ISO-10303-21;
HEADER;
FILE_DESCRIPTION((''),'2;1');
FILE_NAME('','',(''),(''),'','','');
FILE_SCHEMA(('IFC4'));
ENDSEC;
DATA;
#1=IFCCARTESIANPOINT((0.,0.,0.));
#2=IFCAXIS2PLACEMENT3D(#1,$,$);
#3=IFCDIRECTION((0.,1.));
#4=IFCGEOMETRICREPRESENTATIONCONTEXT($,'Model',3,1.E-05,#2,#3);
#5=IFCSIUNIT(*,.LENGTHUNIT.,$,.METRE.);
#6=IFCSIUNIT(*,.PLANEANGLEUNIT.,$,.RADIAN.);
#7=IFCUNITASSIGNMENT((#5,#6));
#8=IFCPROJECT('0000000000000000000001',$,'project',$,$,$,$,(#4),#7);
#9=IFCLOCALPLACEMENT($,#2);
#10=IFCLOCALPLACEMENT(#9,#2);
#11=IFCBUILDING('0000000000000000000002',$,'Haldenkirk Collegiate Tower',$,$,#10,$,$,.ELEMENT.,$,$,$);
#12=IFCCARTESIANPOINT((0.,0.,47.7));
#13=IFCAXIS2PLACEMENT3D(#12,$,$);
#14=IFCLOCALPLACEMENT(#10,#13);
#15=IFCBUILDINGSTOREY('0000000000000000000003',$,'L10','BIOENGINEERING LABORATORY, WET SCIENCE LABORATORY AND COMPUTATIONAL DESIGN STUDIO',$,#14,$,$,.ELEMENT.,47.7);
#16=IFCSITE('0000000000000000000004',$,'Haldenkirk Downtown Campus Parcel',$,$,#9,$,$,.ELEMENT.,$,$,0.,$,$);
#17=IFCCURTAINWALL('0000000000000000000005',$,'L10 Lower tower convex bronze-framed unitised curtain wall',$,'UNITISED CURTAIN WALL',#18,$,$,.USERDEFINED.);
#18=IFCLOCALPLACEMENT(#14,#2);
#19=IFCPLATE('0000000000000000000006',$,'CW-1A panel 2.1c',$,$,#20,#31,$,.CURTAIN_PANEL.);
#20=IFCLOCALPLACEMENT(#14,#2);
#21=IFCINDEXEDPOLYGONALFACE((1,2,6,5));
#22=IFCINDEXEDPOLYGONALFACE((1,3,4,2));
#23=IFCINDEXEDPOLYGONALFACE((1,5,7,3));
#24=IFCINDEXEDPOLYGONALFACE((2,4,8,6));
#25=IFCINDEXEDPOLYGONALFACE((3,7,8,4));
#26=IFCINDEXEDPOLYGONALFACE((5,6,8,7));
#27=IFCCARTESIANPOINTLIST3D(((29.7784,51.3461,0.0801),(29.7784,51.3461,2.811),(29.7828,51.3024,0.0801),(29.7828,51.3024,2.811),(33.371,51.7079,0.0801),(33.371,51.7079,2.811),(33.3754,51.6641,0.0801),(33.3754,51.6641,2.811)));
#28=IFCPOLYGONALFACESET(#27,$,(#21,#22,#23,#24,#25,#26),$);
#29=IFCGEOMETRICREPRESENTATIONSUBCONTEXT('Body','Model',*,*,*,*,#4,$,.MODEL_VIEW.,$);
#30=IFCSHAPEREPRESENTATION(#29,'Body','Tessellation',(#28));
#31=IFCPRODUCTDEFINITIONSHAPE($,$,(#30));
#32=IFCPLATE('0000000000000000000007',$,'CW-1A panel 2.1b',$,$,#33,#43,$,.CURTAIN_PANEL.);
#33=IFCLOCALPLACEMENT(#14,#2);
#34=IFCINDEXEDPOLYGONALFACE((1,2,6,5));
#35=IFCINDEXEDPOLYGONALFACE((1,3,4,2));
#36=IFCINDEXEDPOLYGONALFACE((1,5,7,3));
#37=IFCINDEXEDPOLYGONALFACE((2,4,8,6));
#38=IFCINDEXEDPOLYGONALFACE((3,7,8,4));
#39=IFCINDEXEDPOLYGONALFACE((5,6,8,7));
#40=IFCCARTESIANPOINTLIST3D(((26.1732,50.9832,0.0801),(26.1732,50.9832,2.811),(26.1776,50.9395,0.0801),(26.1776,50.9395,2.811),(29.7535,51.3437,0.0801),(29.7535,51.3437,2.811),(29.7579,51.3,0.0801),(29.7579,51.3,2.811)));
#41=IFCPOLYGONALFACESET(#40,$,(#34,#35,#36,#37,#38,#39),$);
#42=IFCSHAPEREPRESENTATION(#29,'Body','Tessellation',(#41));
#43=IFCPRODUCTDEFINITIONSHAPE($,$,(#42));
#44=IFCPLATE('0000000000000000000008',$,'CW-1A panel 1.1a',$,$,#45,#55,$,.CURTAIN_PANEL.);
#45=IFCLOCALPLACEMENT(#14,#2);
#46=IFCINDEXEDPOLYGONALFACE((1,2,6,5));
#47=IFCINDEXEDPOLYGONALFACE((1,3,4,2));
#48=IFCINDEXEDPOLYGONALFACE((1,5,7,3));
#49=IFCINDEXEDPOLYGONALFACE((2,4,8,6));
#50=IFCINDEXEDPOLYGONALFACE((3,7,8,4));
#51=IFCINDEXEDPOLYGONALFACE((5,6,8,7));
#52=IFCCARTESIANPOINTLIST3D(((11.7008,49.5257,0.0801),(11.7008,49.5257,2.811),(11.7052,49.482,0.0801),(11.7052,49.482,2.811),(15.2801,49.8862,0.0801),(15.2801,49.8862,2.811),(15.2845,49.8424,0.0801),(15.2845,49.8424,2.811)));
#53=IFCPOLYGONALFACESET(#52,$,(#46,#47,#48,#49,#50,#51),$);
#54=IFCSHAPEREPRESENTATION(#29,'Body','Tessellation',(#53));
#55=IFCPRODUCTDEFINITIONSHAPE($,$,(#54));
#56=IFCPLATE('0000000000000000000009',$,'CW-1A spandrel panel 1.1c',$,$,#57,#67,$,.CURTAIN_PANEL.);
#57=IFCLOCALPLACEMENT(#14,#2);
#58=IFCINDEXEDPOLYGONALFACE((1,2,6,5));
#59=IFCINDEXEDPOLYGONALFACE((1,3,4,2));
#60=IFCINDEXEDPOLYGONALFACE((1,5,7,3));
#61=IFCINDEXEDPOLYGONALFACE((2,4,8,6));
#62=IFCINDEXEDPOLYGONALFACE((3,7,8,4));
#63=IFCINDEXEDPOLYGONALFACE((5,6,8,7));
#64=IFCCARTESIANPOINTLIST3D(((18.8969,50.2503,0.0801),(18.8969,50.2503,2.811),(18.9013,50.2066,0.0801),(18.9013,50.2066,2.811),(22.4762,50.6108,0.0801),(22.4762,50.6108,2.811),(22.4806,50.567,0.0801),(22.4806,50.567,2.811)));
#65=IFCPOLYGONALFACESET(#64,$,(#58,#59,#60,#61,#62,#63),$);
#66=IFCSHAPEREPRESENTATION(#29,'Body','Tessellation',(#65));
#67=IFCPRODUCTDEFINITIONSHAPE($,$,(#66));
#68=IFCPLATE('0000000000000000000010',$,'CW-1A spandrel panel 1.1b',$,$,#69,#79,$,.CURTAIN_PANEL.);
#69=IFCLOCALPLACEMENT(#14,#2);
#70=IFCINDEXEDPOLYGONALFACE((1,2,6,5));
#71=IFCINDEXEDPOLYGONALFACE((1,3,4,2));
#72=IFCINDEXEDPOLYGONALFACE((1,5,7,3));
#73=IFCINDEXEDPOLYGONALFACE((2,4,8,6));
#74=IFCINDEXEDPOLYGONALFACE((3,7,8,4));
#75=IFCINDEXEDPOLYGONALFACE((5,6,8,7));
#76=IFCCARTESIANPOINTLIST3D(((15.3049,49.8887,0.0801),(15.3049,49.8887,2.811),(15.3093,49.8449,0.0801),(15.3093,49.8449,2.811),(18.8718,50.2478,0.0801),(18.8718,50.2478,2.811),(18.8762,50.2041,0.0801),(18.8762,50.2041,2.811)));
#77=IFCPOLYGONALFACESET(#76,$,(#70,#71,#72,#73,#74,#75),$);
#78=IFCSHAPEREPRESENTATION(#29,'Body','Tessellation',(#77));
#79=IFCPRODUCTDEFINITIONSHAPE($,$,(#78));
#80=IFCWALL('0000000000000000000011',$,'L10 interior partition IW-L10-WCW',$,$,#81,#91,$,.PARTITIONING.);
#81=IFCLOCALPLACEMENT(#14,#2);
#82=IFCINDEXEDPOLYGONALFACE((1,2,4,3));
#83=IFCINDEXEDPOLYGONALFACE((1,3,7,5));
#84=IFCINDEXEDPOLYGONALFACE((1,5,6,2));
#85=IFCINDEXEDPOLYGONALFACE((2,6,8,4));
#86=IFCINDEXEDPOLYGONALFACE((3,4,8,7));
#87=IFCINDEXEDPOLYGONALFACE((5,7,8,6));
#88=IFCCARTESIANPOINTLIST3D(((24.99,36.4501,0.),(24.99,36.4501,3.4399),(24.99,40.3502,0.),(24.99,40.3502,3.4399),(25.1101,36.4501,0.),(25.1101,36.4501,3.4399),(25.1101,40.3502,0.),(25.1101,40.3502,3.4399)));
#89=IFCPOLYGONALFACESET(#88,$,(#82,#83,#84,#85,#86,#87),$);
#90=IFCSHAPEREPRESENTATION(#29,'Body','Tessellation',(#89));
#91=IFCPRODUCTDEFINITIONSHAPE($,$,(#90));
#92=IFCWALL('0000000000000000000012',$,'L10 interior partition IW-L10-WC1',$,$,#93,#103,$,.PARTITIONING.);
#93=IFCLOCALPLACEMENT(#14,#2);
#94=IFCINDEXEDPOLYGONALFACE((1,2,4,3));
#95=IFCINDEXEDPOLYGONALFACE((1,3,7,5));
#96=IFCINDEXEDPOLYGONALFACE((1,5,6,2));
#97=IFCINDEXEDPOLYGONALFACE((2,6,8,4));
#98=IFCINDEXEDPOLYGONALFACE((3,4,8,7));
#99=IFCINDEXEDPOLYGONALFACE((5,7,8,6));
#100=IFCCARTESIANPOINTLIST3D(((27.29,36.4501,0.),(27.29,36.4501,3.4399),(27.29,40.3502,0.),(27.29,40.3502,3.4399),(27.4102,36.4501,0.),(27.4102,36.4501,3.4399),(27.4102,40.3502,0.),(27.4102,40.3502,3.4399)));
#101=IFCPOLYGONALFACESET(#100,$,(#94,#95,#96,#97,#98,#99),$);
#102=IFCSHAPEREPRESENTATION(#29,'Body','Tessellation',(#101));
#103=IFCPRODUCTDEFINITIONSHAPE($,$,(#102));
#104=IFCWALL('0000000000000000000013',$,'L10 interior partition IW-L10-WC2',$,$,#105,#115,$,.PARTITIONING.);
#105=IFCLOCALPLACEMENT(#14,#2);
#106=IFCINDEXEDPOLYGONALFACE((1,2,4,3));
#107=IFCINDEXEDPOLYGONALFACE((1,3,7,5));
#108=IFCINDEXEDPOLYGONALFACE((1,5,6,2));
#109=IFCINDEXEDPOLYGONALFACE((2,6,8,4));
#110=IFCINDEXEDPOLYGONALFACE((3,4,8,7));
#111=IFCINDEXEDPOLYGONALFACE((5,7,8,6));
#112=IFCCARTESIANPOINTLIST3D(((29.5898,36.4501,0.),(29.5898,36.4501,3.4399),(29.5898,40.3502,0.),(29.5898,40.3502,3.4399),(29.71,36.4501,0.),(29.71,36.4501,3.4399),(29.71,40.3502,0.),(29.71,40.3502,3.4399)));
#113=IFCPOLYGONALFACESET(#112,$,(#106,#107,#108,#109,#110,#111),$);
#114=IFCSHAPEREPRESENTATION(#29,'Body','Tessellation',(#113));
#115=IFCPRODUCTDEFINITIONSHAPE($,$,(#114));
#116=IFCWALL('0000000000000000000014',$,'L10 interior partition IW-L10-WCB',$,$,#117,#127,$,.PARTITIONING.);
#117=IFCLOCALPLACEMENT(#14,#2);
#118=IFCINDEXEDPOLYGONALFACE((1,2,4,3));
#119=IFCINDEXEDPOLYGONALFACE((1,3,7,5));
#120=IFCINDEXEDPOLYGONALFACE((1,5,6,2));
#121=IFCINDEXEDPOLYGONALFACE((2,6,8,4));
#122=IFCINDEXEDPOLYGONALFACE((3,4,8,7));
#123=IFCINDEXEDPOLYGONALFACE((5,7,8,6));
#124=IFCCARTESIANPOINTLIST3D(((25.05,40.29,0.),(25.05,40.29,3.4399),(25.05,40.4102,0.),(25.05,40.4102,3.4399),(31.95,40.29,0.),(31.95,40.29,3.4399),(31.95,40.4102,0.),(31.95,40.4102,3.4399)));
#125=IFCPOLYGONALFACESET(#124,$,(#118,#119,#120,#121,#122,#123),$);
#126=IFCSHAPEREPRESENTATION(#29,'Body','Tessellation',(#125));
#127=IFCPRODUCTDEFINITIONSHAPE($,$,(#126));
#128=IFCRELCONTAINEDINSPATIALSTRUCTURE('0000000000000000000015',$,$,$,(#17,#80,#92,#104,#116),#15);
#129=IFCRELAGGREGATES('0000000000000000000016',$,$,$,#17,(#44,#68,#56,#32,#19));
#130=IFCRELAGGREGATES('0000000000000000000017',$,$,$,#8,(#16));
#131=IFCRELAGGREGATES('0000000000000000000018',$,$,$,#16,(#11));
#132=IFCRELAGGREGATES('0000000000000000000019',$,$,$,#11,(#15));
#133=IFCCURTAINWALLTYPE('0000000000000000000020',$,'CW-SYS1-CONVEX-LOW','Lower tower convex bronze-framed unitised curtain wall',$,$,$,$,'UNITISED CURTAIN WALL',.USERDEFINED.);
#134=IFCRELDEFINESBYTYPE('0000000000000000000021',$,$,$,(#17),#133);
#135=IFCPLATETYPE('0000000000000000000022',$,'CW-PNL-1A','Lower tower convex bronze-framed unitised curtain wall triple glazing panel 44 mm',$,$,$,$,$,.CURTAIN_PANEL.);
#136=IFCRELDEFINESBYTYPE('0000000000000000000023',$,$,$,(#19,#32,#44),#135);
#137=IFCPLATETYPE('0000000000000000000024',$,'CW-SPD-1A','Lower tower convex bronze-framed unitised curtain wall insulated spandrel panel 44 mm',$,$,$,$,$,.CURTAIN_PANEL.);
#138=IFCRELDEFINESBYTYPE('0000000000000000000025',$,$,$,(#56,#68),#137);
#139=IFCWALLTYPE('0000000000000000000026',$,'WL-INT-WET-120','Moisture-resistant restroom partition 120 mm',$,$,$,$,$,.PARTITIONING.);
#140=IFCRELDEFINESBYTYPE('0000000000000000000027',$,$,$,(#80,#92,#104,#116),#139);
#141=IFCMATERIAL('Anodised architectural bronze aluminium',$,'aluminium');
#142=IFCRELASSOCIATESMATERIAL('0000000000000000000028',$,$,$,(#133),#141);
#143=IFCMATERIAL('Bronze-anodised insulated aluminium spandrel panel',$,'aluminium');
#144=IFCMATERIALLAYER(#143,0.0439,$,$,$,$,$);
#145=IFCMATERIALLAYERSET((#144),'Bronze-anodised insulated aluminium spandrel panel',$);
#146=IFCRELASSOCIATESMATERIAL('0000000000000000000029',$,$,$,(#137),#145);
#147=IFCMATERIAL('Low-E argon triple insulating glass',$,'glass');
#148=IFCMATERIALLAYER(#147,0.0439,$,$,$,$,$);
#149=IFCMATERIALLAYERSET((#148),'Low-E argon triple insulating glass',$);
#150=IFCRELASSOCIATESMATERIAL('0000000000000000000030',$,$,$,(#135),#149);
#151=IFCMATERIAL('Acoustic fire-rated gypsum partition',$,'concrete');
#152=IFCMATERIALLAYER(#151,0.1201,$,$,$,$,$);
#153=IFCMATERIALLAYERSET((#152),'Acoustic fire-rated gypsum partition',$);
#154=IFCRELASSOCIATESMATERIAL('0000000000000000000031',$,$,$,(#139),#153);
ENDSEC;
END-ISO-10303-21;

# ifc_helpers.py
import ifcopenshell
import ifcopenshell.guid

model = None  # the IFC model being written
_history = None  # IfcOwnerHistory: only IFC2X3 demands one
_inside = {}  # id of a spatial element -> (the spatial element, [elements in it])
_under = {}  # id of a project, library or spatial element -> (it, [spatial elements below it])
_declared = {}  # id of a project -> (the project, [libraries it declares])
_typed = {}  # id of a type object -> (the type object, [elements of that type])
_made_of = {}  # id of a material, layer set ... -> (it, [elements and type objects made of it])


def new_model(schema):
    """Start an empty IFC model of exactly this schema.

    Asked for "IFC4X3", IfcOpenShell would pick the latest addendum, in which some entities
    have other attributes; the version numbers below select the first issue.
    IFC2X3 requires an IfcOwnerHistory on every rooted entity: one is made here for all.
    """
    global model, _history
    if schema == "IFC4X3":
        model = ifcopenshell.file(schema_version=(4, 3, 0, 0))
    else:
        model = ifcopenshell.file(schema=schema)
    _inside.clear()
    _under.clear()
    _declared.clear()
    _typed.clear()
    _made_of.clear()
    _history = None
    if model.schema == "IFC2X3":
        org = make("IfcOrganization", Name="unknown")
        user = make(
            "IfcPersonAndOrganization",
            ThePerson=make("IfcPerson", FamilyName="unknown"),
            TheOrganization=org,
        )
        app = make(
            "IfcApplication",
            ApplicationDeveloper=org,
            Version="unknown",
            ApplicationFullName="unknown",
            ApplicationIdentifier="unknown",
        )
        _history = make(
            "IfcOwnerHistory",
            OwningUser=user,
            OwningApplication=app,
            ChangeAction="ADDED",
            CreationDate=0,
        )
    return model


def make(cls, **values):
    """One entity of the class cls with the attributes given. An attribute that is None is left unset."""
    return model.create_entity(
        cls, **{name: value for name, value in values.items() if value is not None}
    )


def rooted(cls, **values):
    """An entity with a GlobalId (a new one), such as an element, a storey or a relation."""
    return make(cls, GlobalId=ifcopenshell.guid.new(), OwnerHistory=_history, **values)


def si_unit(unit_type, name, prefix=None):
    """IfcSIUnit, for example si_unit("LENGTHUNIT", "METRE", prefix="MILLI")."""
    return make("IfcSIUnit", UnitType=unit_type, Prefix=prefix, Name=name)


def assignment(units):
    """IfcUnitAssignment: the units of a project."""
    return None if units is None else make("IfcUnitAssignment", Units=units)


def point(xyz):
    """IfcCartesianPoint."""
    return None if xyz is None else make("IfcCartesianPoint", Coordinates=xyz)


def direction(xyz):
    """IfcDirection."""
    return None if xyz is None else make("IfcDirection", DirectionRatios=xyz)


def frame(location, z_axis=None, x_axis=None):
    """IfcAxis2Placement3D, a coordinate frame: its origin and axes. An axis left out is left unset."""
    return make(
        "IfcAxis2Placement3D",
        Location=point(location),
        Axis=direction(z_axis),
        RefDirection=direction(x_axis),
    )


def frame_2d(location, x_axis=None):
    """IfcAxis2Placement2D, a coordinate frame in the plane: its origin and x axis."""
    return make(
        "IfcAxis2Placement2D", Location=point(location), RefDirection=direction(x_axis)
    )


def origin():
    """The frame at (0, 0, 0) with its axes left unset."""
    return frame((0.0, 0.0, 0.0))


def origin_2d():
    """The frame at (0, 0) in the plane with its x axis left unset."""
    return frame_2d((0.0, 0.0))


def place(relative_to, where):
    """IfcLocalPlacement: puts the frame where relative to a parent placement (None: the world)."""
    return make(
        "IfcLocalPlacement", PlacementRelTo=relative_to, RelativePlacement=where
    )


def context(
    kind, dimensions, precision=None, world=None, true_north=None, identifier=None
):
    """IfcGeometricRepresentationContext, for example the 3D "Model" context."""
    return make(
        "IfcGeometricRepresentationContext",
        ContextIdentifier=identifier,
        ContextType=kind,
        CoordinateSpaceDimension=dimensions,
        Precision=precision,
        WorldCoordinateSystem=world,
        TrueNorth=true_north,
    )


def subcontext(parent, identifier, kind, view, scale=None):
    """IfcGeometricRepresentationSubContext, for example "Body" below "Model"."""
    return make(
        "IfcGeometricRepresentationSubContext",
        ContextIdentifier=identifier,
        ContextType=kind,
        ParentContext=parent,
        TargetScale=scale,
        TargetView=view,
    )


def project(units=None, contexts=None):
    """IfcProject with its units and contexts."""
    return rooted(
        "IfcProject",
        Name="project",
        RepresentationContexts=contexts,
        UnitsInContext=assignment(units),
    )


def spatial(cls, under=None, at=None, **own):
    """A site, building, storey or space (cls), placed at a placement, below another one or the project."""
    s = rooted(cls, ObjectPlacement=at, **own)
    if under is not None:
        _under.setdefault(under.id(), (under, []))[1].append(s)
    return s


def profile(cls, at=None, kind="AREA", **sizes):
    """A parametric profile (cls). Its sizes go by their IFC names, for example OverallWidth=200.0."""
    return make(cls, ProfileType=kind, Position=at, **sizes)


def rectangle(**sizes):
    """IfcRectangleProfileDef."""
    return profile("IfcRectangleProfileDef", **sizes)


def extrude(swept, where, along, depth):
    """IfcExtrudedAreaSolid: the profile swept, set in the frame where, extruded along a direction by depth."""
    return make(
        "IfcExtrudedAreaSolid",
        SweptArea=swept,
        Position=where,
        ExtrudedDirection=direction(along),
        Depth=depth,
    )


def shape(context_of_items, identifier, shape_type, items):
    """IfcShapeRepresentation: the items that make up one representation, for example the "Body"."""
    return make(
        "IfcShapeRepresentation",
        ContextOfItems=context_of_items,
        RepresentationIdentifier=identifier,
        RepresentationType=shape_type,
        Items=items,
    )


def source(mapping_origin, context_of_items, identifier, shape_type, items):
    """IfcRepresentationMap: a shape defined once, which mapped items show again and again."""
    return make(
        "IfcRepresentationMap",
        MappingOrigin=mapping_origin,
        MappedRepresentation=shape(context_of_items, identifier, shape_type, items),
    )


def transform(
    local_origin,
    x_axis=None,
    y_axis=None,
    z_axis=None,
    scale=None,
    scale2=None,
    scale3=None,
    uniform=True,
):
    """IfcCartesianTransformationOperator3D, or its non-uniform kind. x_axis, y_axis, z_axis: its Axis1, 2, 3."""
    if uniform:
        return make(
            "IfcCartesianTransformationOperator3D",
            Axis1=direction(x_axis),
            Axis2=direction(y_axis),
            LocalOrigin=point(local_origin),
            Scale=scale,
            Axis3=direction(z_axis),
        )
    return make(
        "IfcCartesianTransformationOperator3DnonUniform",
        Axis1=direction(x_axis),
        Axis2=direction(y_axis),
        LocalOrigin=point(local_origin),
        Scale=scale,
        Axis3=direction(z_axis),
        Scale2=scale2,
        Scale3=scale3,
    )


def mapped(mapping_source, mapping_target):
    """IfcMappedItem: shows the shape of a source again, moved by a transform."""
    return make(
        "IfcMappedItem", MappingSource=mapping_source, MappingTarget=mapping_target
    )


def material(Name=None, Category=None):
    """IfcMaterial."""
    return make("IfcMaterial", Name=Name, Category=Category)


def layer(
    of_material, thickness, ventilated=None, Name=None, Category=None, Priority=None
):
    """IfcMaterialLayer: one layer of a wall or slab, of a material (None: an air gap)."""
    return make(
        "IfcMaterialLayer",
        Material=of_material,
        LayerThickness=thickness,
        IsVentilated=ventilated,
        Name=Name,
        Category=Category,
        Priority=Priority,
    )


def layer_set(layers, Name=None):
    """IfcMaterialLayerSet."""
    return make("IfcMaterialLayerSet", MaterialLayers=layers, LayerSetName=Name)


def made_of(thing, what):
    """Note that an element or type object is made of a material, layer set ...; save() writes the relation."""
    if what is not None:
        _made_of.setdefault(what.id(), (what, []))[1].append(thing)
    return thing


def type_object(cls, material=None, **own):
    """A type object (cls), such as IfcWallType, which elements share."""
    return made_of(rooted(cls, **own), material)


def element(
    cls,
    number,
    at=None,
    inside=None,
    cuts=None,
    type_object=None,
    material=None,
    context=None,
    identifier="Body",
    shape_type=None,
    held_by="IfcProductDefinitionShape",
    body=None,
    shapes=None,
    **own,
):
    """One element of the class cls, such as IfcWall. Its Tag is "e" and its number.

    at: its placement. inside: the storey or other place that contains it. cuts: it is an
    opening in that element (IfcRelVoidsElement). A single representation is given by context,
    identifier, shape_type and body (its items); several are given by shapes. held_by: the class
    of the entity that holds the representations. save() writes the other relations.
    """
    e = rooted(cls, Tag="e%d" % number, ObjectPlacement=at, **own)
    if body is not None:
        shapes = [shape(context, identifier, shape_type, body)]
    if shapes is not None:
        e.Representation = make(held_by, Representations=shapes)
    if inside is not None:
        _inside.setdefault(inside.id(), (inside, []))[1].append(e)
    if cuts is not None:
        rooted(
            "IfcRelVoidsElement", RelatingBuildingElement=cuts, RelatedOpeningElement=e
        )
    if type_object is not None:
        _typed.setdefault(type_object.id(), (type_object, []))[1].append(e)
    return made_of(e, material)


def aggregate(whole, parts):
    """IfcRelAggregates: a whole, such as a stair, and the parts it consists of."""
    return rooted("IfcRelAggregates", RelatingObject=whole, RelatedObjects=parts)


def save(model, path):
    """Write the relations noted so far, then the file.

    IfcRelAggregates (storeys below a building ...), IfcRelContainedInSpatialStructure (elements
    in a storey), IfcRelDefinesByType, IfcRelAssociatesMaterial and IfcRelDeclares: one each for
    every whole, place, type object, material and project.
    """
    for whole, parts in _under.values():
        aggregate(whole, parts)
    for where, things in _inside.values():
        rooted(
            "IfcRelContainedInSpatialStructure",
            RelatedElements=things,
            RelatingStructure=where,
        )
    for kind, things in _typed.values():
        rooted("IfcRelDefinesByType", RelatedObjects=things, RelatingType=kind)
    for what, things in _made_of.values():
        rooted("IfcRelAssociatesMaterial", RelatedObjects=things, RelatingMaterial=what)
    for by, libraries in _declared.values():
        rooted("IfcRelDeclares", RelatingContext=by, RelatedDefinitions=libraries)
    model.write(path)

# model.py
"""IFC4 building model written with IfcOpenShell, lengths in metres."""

from ifc_helpers import new_model, si_unit, direction, frame, frame_2d, origin, origin_2d, place, context, subcontext, project, spatial, rectangle, extrude, source, transform, mapped, material, layer, layer_set, type_object, element, aggregate, save


model = new_model("IFC4")

# Units and contexts
model_context = context("Model", 3, precision=1e-05, world=origin(), true_north=direction((0.0, 1.0)))
body_context = subcontext(model_context, "Body", "Model", "MODEL_VIEW")
ifc_project = project(units=[si_unit("LENGTHUNIT", "METRE"), si_unit("PLANEANGLEUNIT", "RADIAN")], contexts=[model_context])

# Site, building, storey
site_placement = place(None, origin())
site = spatial("IfcSite", under=ifc_project, at=site_placement, Name="Haldenkirk Downtown Campus Parcel", CompositionType="ELEMENT", RefElevation=0.0)
building_placement = place(site_placement, origin())
building = spatial("IfcBuilding", under=site, at=building_placement, Name="Haldenkirk Collegiate Tower", CompositionType="ELEMENT")
storey_placement = place(building_placement, frame((0.0, 0.0, 47.7)))
storey = spatial("IfcBuildingStorey", under=building, at=storey_placement, Name="L10", Description="BIOENGINEERING LABORATORY, WET SCIENCE LABORATORY AND COMPUTATIONAL DESIGN STUDIO", CompositionType="ELEMENT", Elevation=47.7)

# Curtain wall
ifc_material_1 = material(Name="Anodised architectural bronze aluminium", Category="aluminium")
curtain_wall_type = type_object("IfcCurtainWallType", Name="CW-SYS1-CONVEX-LOW", Description="Lower tower convex bronze-framed unitised curtain wall", ElementType="UNITISED CURTAIN WALL", PredefinedType="USERDEFINED", material=ifc_material_1)
curtain_wall_placement = place(storey_placement, origin())
curtain_wall = element("IfcCurtainWall", 1, at=curtain_wall_placement, inside=storey, type_object=curtain_wall_type, Name="L10 Lower tower convex bronze-framed unitised curtain wall", ObjectType="UNITISED CURTAIN WALL", PredefinedType="USERDEFINED")

# Plates
ifc_material_2 = material(Name="Bronze-anodised insulated aluminium spandrel panel", Category="aluminium")
ifc_layer_1 = layer(ifc_material_2, 0.0439)
ifc_layer_set_1 = layer_set([ifc_layer_1], Name="Bronze-anodised insulated aluminium spandrel panel")
plate_type_1 = type_object("IfcPlateType", Name="CW-SPD-1A", Description="Lower tower convex bronze-framed unitised curtain wall insulated spandrel panel 44 mm", PredefinedType="CURTAIN_PANEL", material=ifc_layer_set_1)
shared_shape_1 = source(origin(), body_context, "Body", "SweptSolid", [
    extrude(rectangle(XDim=3.6108, YDim=0.0439, at=origin_2d()), origin(), (0.0, 0.0, 1.0), 2.731),
])
ifc_material_3 = material(Name="Low-E argon triple insulating glass", Category="glass")
ifc_layer_2 = layer(ifc_material_3, 0.0439)
ifc_layer_set_2 = layer_set([ifc_layer_2], Name="Low-E argon triple insulating glass")
plate_type_2 = type_object("IfcPlateType", Name="CW-PNL-1A", Description="Lower tower convex bronze-framed unitised curtain wall triple glazing panel 44 mm", PredefinedType="CURTAIN_PANEL", material=ifc_layer_set_2)
plate_1_placement = place(storey_placement, frame((31.5769, 51.5051, 0.0801), z_axis=(0.0, 0.0, 1.0), x_axis=(0.994969, 0.100187, 0.0)))
plate_1 = element("IfcPlate", 2, at=plate_1_placement, type_object=plate_type_2, Name="CW-1A panel 2.1c", PredefinedType="CURTAIN_PANEL", context=body_context, shape_type="MappedRepresentation", body=[
    mapped(shared_shape_1, transform((0.0, 0.0, 0.0), x_axis=(1.0, 0.0, 0.0), y_axis=(0.0, 1.0, 0.0), z_axis=(0.0, 0.0, 1.0), scale=1.0)),
])
shared_shape_2 = source(origin(), body_context, "Body", "SweptSolid", [
    extrude(rectangle(XDim=3.5984, YDim=0.0439, at=origin_2d()), origin(), (0.0, 0.0, 1.0), 2.731),
])
plate_2_placement = place(storey_placement, frame((27.9656, 51.1416, 0.0801), z_axis=(0.0, 0.0, 1.0), x_axis=(0.994969, 0.100187, 0.0)))
plate_2 = element("IfcPlate", 3, at=plate_2_placement, type_object=plate_type_2, Name="CW-1A panel 2.1b", PredefinedType="CURTAIN_PANEL", context=body_context, shape_type="MappedRepresentation", body=[
    mapped(shared_shape_2, transform((0.0, 0.0, 0.0), x_axis=(1.0, 0.0, 0.0), y_axis=(0.0, 1.0, 0.0), z_axis=(0.0, 0.0, 1.0), scale=1.0)),
])
shared_shape_3 = source(origin(), body_context, "Body", "SweptSolid", [
    extrude(rectangle(XDim=3.5974, YDim=0.0439, at=origin_2d()), origin(), (0.0, 0.0, 1.0), 2.731),
])
plate_3_placement = place(storey_placement, frame((13.4927, 49.6841, 0.0801), z_axis=(0.0, 0.0, 1.0), x_axis=(0.994969, 0.100187, 0.0)))
plate_3 = element("IfcPlate", 4, at=plate_3_placement, type_object=plate_type_2, Name="CW-1A panel 1.1a", PredefinedType="CURTAIN_PANEL", context=body_context, shape_type="MappedRepresentation", body=[
    mapped(shared_shape_3, transform((0.0, 0.0, 0.0), x_axis=(1.0, 0.0, 0.0), y_axis=(0.0, 1.0, 0.0), z_axis=(0.0, 0.0, 1.0), scale=1.0)),
])
plate_4_placement = place(storey_placement, frame((20.6887, 50.4087, 0.0801), z_axis=(0.0, 0.0, 1.0), x_axis=(0.994969, 0.100187, 0.0)))
plate_4 = element("IfcPlate", 5, at=plate_4_placement, type_object=plate_type_1, Name="CW-1A spandrel panel 1.1c", PredefinedType="CURTAIN_PANEL", context=body_context, shape_type="MappedRepresentation", body=[
    mapped(shared_shape_3, transform((0.0, 0.0, 0.0), x_axis=(1.0, 0.0, 0.0), y_axis=(0.0, 1.0, 0.0), z_axis=(0.0, 0.0, 1.0), scale=1.0)),
])
shared_shape_4 = source(origin(), body_context, "Body", "SweptSolid", [
    extrude(rectangle(XDim=3.585, YDim=0.0439, at=origin_2d()), origin(), (0.0, 0.0, 1.0), 2.731),
])
plate_5_placement = place(storey_placement, frame((17.0906, 50.0464, 0.0801), z_axis=(0.0, 0.0, 1.0), x_axis=(0.994969, 0.100187, 0.0)))
plate_5 = element("IfcPlate", 6, at=plate_5_placement, type_object=plate_type_1, Name="CW-1A spandrel panel 1.1b", PredefinedType="CURTAIN_PANEL", context=body_context, shape_type="MappedRepresentation", body=[
    mapped(shared_shape_4, transform((0.0, 0.0, 0.0), x_axis=(1.0, 0.0, 0.0), y_axis=(0.0, 1.0, 0.0), z_axis=(0.0, 0.0, 1.0), scale=1.0)),
])
aggregate(curtain_wall, [plate_3, plate_5, plate_4, plate_2, plate_1])

# Shared definitions
ifc_material_4 = material(Name="Acoustic fire-rated gypsum partition", Category="concrete")

# Walls
ifc_layer_3 = layer(ifc_material_4, 0.1201)
ifc_layer_set_3 = layer_set([ifc_layer_3], Name="Acoustic fire-rated gypsum partition")
wall_type_1 = type_object("IfcWallType", Name="WL-INT-WET-120", Description="Moisture-resistant restroom partition 120 mm", PredefinedType="PARTITIONING", material=ifc_layer_set_3)
for number, where, z_axis, x_axis, name in (
    (7, (25.05, 36.45, 0.0), (0.0, 0.0, 1.0), (0.0, 1.0, 0.0), "L10 interior partition IW-L10-WCW"),
    (8, (27.3501, 36.45, 0.0), (0.0, 0.0, 1.0), (0.0, 1.0, 0.0), "L10 interior partition IW-L10-WC1"),
    (9, (29.6499, 36.45, 0.0), (0.0, 0.0, 1.0), (0.0, 1.0, 0.0), "L10 interior partition IW-L10-WC2"),
):
    element("IfcWall", number, at=place(storey_placement, frame(where, z_axis=z_axis, x_axis=x_axis)), inside=storey, type_object=wall_type_1, Name=name, PredefinedType="PARTITIONING", context=body_context, shape_type="SweptSolid", body=[
        extrude(rectangle(XDim=3.9001, YDim=0.1201, at=frame_2d((1.9502, 0.0))), origin(), (0.0, 0.0, 1.0), 3.4399),
    ])
wall_1_placement = place(storey_placement, frame((25.05, 40.3501, 0.0), z_axis=(0.0, 0.0, 1.0), x_axis=(1.0, 0.0, 0.0)))
element("IfcWall", 10, at=wall_1_placement, inside=storey, type_object=wall_type_1, Name="L10 interior partition IW-L10-WCB", PredefinedType="PARTITIONING", context=body_context, shape_type="SweptSolid", body=[
    extrude(rectangle(XDim=6.8999, YDim=0.1201, at=frame_2d((3.45, 0.0))), origin(), (0.0, 0.0, 1.0), 3.4399),
])

save(model, "model.ifc")
